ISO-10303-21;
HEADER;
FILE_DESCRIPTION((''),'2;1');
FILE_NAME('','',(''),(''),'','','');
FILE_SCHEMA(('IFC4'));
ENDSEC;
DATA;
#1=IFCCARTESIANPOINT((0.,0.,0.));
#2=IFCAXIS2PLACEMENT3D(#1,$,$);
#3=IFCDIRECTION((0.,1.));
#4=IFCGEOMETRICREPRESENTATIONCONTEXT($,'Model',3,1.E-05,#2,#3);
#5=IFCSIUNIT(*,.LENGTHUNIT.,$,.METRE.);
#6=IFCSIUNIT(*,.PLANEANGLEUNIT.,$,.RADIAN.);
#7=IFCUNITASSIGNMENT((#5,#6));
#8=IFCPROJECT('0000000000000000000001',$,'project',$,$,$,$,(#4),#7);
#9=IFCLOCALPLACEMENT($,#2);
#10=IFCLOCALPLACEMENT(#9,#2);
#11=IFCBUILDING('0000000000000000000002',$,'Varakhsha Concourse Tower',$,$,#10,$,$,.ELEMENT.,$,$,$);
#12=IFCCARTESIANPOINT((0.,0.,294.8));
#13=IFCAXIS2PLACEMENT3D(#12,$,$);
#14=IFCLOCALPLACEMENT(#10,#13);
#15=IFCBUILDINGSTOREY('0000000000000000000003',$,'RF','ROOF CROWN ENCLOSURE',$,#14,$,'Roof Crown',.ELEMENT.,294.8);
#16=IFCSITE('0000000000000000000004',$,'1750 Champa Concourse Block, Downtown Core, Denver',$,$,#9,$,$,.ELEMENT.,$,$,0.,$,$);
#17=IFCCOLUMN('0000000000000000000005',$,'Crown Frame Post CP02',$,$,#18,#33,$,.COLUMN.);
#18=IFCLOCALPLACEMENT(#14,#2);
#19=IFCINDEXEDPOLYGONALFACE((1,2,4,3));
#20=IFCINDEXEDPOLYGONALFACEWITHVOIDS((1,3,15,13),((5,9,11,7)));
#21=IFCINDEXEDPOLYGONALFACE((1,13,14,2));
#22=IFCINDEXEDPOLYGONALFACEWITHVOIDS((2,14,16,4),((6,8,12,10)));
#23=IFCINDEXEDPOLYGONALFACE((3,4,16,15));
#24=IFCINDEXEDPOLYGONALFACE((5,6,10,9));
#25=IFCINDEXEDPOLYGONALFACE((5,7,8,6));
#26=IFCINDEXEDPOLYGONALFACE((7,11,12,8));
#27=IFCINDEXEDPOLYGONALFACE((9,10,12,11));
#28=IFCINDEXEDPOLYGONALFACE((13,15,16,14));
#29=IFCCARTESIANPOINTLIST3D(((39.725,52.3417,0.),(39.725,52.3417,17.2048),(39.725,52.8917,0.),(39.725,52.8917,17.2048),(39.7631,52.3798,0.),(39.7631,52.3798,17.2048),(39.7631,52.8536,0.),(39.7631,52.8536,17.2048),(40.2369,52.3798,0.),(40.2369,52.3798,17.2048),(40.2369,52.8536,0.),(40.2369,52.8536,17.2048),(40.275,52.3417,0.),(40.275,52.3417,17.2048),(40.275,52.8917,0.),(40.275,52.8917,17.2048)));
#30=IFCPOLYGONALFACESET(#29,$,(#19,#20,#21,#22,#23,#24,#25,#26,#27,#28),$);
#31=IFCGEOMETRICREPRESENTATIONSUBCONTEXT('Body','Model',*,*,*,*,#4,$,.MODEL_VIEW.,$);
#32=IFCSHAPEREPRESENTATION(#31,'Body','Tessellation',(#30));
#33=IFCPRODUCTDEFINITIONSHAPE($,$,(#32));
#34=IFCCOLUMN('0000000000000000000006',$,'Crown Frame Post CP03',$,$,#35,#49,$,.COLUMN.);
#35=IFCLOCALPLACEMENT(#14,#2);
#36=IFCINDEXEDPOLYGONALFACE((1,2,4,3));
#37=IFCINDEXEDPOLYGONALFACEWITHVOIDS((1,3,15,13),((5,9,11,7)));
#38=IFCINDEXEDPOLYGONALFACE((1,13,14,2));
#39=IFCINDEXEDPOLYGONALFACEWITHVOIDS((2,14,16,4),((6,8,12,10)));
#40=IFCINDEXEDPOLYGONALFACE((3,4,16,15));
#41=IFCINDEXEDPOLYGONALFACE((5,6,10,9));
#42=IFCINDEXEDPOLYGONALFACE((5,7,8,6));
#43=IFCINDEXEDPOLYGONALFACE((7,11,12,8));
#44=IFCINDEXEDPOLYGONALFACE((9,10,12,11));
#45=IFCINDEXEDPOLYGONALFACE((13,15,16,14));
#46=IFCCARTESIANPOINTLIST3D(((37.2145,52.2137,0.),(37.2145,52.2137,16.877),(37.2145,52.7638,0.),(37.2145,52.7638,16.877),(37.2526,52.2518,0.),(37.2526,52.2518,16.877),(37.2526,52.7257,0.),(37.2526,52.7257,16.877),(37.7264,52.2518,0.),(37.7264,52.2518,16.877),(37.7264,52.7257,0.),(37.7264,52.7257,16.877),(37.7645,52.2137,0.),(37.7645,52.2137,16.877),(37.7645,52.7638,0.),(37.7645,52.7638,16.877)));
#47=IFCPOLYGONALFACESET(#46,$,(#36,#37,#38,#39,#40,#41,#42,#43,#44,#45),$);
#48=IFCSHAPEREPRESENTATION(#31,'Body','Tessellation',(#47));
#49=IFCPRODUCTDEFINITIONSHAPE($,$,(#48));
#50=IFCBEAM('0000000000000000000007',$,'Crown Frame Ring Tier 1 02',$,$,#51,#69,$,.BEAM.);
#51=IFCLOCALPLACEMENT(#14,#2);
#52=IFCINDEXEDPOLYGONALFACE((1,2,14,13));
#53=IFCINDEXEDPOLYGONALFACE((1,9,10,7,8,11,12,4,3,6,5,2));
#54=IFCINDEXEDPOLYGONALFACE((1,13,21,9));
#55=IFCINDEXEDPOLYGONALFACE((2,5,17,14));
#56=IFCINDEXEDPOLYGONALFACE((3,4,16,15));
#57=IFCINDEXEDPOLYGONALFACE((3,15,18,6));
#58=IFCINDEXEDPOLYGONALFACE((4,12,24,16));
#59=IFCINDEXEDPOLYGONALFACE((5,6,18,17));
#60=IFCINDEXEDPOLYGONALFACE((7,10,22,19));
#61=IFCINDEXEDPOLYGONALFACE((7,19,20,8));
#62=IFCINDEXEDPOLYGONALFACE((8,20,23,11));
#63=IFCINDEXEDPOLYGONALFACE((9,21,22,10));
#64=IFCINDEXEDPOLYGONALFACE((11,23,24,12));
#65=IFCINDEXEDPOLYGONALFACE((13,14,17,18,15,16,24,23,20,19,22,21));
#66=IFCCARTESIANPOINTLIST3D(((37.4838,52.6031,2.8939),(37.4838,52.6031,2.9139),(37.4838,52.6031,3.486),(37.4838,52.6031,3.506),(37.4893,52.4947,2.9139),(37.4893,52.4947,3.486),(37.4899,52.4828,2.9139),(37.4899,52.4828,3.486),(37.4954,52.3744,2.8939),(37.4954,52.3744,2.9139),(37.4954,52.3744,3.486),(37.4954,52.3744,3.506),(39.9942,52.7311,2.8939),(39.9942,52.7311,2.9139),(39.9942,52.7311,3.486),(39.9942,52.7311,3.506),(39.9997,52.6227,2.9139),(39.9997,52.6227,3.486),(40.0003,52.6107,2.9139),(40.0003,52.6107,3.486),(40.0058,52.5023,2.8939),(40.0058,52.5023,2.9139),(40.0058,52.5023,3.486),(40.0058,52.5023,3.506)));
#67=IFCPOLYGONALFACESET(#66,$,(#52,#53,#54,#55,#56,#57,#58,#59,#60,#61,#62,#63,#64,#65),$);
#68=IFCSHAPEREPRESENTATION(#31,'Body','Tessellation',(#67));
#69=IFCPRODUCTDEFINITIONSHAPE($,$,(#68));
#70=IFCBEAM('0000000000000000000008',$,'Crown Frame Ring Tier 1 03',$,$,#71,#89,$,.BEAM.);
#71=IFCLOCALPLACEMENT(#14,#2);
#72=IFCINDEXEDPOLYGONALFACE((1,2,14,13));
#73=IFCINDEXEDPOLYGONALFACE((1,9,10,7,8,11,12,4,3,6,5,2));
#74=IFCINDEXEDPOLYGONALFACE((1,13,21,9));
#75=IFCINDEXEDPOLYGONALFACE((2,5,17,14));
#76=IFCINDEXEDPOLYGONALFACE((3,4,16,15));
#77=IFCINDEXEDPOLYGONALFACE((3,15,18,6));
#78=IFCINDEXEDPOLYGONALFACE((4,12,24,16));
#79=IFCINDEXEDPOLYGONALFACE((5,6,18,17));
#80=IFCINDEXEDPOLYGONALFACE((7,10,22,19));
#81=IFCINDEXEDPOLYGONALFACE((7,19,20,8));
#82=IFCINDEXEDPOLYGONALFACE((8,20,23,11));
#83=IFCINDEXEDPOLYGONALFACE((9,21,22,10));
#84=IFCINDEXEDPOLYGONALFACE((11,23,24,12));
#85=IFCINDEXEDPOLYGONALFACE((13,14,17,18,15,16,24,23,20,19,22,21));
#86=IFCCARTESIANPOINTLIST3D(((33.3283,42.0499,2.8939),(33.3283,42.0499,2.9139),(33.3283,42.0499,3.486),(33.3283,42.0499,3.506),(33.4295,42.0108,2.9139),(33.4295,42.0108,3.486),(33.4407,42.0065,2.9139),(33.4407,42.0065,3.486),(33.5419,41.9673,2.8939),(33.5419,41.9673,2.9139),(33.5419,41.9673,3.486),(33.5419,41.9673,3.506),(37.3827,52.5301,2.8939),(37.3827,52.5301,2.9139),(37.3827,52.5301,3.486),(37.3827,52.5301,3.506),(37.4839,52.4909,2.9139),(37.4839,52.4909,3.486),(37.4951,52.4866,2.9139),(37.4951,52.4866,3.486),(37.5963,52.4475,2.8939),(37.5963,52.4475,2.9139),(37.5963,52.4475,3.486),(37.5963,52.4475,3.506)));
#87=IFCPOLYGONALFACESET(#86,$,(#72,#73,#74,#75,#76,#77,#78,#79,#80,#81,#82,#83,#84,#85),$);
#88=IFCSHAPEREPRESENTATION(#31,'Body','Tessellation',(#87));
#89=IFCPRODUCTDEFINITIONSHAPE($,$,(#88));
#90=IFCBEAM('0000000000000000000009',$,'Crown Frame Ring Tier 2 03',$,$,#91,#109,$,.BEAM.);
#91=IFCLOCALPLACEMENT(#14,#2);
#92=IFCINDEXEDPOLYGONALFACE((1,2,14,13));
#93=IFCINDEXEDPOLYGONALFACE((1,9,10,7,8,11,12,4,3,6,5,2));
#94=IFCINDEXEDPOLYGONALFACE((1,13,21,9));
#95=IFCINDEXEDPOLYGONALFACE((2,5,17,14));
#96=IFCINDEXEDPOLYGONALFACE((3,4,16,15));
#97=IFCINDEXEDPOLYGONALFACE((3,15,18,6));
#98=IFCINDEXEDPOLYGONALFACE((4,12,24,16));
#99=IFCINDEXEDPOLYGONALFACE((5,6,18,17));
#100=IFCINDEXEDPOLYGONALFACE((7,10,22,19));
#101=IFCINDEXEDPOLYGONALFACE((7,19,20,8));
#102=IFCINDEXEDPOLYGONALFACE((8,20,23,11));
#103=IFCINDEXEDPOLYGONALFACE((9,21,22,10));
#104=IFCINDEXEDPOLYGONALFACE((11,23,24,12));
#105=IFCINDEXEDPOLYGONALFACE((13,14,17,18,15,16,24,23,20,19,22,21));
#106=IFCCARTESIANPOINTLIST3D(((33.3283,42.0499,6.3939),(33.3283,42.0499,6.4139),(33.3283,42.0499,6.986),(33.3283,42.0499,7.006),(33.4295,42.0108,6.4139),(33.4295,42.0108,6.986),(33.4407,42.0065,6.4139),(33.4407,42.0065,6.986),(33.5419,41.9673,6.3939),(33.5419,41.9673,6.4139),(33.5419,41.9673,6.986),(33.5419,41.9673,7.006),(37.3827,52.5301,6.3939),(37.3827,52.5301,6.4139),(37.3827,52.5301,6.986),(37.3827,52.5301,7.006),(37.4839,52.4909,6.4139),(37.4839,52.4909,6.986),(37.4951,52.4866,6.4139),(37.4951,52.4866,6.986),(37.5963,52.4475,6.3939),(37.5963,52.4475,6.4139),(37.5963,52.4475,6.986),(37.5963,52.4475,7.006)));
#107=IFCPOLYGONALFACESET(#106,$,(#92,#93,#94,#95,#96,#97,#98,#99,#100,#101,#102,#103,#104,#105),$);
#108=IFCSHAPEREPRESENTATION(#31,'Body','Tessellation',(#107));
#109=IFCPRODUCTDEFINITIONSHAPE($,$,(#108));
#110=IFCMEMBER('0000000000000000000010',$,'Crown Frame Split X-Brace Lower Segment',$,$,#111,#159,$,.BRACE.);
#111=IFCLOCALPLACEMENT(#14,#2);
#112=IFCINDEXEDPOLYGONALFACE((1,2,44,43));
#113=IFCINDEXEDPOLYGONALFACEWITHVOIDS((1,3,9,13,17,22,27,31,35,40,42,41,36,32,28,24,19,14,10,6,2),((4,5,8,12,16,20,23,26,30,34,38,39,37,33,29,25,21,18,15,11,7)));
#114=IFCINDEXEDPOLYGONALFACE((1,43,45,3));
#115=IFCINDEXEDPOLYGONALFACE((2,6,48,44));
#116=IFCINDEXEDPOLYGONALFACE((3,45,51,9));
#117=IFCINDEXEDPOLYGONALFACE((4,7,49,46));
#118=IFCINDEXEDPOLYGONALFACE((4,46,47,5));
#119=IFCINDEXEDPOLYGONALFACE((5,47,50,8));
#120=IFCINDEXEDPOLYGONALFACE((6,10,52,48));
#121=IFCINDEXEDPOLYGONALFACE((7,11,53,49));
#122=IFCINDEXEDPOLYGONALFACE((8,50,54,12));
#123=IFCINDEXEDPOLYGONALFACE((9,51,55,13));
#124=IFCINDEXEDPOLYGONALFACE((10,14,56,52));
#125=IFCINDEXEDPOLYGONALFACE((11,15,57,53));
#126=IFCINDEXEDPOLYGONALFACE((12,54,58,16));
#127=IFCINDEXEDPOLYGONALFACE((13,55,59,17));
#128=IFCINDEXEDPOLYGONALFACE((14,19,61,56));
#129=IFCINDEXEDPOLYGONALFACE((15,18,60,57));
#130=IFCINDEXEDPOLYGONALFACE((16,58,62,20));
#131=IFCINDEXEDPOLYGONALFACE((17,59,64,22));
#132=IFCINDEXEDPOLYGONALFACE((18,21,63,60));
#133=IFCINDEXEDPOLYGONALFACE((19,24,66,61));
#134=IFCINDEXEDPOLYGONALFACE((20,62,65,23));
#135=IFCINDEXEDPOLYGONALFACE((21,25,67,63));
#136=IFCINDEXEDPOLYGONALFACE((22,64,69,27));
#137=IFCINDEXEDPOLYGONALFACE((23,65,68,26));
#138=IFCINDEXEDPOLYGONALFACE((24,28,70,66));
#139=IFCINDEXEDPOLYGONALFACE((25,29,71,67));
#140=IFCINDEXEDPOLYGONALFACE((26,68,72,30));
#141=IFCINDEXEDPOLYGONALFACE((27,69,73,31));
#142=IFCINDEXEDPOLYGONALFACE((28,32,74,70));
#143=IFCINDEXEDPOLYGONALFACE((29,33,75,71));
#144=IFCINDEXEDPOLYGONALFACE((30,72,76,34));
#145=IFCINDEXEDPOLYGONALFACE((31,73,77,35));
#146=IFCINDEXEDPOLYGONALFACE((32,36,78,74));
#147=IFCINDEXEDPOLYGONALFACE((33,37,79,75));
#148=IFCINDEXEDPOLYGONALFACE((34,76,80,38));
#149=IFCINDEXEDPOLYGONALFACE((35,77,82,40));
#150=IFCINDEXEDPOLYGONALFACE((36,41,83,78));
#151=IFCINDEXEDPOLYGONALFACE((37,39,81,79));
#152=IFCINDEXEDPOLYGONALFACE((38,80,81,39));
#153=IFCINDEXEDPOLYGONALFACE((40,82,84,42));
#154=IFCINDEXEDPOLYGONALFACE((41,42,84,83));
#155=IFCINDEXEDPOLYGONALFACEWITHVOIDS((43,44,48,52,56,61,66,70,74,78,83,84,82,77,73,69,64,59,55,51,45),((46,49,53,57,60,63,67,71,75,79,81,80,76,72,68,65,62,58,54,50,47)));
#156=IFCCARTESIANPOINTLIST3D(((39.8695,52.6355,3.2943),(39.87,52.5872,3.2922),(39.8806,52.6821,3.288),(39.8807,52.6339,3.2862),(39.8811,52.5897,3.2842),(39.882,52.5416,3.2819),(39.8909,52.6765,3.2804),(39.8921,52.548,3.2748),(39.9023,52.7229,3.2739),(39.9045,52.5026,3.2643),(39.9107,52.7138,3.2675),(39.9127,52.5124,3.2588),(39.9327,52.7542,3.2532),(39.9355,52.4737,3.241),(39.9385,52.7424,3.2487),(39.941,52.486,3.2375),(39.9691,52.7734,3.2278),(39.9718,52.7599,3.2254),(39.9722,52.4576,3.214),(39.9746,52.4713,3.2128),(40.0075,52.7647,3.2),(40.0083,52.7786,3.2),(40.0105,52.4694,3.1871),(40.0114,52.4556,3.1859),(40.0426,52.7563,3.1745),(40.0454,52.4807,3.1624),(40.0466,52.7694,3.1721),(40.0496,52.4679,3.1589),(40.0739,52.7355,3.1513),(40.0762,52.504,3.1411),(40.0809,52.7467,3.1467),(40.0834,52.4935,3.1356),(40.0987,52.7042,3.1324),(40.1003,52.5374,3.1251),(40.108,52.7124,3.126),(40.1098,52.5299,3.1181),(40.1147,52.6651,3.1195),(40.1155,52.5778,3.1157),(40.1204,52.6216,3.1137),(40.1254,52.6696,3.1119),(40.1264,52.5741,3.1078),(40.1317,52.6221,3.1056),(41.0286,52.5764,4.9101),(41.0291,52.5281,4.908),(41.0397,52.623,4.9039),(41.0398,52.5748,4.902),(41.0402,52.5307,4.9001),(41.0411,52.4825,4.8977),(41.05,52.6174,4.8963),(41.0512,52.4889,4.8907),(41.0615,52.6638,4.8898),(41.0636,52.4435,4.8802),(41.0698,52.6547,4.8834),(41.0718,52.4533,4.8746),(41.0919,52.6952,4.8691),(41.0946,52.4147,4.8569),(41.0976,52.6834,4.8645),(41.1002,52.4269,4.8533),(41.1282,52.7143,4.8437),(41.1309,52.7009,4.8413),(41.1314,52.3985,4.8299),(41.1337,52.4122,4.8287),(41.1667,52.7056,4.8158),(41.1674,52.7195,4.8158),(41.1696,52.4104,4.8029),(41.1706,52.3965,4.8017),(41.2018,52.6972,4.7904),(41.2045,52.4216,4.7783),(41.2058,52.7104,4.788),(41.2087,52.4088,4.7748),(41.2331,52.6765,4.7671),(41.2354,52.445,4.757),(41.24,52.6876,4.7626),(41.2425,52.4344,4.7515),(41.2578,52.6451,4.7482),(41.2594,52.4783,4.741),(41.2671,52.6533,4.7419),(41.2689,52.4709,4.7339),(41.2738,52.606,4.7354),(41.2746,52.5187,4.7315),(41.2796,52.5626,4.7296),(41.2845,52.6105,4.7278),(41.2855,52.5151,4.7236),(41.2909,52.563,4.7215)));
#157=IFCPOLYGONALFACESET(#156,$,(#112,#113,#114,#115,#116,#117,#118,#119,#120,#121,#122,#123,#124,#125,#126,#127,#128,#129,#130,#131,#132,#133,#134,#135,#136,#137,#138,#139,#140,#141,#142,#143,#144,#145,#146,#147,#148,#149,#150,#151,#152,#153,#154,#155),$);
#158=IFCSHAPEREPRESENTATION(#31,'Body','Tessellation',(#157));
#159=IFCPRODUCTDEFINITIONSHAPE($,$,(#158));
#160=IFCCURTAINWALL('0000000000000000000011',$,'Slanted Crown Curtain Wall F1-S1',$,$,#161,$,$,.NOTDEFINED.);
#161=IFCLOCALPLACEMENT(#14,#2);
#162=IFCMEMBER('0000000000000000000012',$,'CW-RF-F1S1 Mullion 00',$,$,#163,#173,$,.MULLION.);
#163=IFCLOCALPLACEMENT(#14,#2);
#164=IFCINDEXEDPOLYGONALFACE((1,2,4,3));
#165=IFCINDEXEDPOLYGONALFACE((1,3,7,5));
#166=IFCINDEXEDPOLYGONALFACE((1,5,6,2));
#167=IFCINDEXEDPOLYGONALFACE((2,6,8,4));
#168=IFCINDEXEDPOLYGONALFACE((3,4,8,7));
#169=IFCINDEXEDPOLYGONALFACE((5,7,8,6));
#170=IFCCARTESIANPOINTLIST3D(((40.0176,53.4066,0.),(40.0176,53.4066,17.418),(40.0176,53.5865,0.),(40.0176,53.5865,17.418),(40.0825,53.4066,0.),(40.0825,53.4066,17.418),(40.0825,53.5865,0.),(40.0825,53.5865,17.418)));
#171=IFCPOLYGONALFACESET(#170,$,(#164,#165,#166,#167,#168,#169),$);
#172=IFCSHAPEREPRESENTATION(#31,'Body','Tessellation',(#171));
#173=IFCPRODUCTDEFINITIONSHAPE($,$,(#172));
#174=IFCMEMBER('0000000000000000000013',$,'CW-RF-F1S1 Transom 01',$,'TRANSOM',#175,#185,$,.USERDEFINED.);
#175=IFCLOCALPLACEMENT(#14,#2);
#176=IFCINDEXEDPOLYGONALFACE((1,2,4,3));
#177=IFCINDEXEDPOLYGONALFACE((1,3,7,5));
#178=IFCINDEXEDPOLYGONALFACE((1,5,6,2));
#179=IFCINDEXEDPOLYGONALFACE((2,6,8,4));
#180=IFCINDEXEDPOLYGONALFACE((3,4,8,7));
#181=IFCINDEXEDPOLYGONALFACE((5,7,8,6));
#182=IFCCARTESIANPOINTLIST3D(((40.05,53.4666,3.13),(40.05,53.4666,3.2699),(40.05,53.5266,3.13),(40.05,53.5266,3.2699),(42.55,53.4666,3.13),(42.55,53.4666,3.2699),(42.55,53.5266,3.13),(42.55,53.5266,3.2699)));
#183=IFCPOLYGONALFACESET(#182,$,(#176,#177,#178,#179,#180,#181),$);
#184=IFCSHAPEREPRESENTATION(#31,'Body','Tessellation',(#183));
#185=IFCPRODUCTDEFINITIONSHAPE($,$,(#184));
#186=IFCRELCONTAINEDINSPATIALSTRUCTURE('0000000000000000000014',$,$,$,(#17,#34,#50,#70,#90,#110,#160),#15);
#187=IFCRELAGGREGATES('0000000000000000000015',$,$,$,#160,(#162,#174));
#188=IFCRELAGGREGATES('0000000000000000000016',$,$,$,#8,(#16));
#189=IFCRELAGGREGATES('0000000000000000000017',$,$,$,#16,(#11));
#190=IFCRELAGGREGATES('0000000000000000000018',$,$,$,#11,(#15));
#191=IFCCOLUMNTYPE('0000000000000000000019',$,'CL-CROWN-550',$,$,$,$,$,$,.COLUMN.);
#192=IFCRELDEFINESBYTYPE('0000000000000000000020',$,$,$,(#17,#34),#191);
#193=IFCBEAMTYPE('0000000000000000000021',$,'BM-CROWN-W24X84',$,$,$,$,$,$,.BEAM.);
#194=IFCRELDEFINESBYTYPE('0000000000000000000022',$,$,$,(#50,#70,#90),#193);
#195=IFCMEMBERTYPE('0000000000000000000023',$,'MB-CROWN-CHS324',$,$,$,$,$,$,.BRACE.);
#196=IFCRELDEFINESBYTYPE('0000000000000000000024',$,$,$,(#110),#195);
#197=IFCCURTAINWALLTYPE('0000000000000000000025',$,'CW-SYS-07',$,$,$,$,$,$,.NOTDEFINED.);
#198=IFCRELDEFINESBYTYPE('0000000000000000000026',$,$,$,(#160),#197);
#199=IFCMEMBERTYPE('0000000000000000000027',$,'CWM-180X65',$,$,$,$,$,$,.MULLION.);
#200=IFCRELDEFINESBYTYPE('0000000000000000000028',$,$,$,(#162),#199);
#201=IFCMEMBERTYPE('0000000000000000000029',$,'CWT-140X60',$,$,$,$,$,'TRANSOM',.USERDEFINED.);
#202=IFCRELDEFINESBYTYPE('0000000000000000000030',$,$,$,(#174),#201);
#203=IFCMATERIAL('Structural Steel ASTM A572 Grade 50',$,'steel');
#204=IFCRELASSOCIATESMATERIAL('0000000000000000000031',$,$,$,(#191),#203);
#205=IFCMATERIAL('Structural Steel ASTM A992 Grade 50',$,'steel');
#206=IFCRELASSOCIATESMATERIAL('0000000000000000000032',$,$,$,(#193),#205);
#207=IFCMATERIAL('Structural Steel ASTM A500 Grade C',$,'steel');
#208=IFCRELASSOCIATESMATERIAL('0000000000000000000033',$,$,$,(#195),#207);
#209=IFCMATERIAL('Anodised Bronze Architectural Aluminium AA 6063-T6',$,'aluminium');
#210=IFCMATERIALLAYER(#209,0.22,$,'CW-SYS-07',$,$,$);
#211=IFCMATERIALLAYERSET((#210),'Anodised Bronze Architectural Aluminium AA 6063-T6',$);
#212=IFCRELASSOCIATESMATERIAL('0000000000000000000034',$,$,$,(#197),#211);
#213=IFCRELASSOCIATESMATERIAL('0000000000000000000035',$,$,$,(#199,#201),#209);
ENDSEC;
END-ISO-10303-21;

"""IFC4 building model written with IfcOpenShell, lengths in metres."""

from ifc_helpers import new_model, si_unit, direction, frame, origin, origin_2d, place, context, subcontext, project, spatial, rectangle, hollow_rectangle, hollow_circle, i_section, extrude, source, transform, mapped, material, layer, layer_set, material_profile, profile_set, type_object, type_shapes, element, aggregate, save


model = new_model("IFC4")

# Units and contexts
model_context = context("Model", 3, precision=1e-05, world=origin(), true_north=direction((0.0, 1.0)))
body_context = subcontext(model_context, "Body", "Model", "MODEL_VIEW")
ifc_project = project(units=[si_unit("LENGTHUNIT", "METRE"), si_unit("PLANEANGLEUNIT", "RADIAN")], contexts=[model_context])

# Site, building, storey
site_placement = place(None, origin())
site = spatial("IfcSite", under=ifc_project, at=site_placement, Name="1750 Champa Concourse Block, Downtown Core, Denver", CompositionType="ELEMENT", RefElevation=0.0)
building_placement = place(site_placement, origin())
building = spatial("IfcBuilding", under=site, at=building_placement, Name="Varakhsha Concourse Tower", CompositionType="ELEMENT")
storey_placement = place(building_placement, frame((0.0, 0.0, 294.8)))
storey = spatial("IfcBuildingStorey", under=building, at=storey_placement, Name="RF", Description="ROOF CROWN ENCLOSURE", LongName="Roof Crown", CompositionType="ELEMENT", Elevation=294.8)

# Columns
ifc_material_1 = material(Name="Structural Steel ASTM A572 Grade 50", Category="steel")
ifc_material_profile_1 = material_profile(ifc_material_1, hollow_rectangle(XDim=0.55, YDim=0.55, WallThickness=0.0381, at=origin_2d()), Name="BOX 550x550x38")
ifc_profile_set_1 = profile_set([ifc_material_profile_1], Name="Structural Steel ASTM A572 Grade 50")
column_type = type_object("IfcColumnType", Name="CL-CROWN-550", PredefinedType="COLUMN", material=ifc_profile_set_1)
column_1_placement = place(storey_placement, frame((40.0, 52.6167, 0.0), z_axis=(0.0, 0.0, 1.0), x_axis=(1.0, 0.0, 0.0)))
element("IfcColumn", 1, at=column_1_placement, inside=storey, type_object=column_type, Name="Crown Frame Post CP02", PredefinedType="COLUMN", context=body_context, shape_type="SweptSolid", body=[
    extrude(hollow_rectangle(XDim=0.55, YDim=0.55, WallThickness=0.0381, at=origin_2d()), origin(), (0.0, 0.0, 1.0), 17.2048),
])
column_2_placement = place(storey_placement, frame((37.4895, 52.4888, 0.0), z_axis=(0.0, 0.0, 1.0), x_axis=(1.0, 0.0, 0.0)))
element("IfcColumn", 2, at=column_2_placement, inside=storey, type_object=column_type, Name="Crown Frame Post CP03", PredefinedType="COLUMN", context=body_context, shape_type="SweptSolid", body=[
    extrude(hollow_rectangle(XDim=0.55, YDim=0.55, WallThickness=0.0381, at=origin_2d()), origin(), (0.0, 0.0, 1.0), 16.877),
])

# Beams
ifc_material_2 = material(Name="Structural Steel ASTM A992 Grade 50", Category="steel")
ifc_material_profile_2 = material_profile(ifc_material_2, i_section(OverallWidth=0.229, OverallDepth=0.6121, WebThickness=0.012, FlangeThickness=0.02, at=origin_2d()), Name="W24X84")
ifc_profile_set_2 = profile_set([ifc_material_profile_2], Name="Structural Steel ASTM A992 Grade 50")
beam_type = type_object("IfcBeamType", Name="BM-CROWN-W24X84", PredefinedType="BEAM", material=ifc_profile_set_2)
beam_placement = place(storey_placement, frame((40.0, 52.6167, 3.2), z_axis=(-0.998704, -0.050892, 0.0), x_axis=(0.050892, -0.998704, 0.0)))
element("IfcBeam", 3, at=beam_placement, inside=storey, type_object=beam_type, Name="Crown Frame Ring Tier 1 02", PredefinedType="BEAM", context=body_context, shape_type="SweptSolid", body=[
    extrude(i_section(OverallWidth=0.229, OverallDepth=0.6121, WebThickness=0.012, FlangeThickness=0.02, at=origin_2d()), origin(), (0.0, 0.0, 1.0), 2.5137),
])
for number, where, z_axis, x_axis, name in (
    (4, (37.4895, 52.4888, 3.2), (-0.360807, -0.932641, 0.0), (0.932641, -0.360807, 0.0), "Crown Frame Ring Tier 1 03"),
    (5, (37.4895, 52.4888, 6.7), (-0.360807, -0.932641, 0.0), (0.932641, -0.360807, 0.0), "Crown Frame Ring Tier 2 03"),
):
    element("IfcBeam", number, at=place(storey_placement, frame(where, z_axis=z_axis, x_axis=x_axis)), inside=storey, type_object=beam_type, Name=name, PredefinedType="BEAM", context=body_context, shape_type="SweptSolid", body=[
        extrude(i_section(OverallWidth=0.229, OverallDepth=0.6121, WebThickness=0.012, FlangeThickness=0.02, at=origin_2d()), origin(), (0.0, 0.0, 1.0), 11.2371),
    ])

# Member
ifc_material_3 = material(Name="Structural Steel ASTM A500 Grade C", Category="steel")
ifc_material_profile_3 = material_profile(ifc_material_3, hollow_circle(Radius=0.1621, WallThickness=0.0139, at=origin_2d()), Name="CHS 324x14")
ifc_profile_set_3 = profile_set([ifc_material_profile_3], Name="Structural Steel ASTM A500 Grade C")
member_type_1 = type_object("IfcMemberType", Name="MB-CROWN-CHS324", PredefinedType="BRACE", material=ifc_profile_set_3)
shared_shape_1 = source(origin(), body_context, "Body", "SweptSolid", [
    extrude(hollow_circle(Radius=0.1621, WallThickness=0.0139, at=origin_2d()), origin(), (0.0, 0.0, 1.0), 1.9895),
])
type_shapes(member_type_1, [shared_shape_1])
member_1_placement = place(storey_placement, frame((40.0, 52.6167, 3.2), z_axis=(0.582617, -0.029695, 0.812204), x_axis=(0.050903, 0.998704, 0.0)))
element("IfcMember", 6, at=member_1_placement, inside=storey, type_object=member_type_1, Name="Crown Frame Split X-Brace Lower Segment", PredefinedType="BRACE", context=body_context, shape_type="MappedRepresentation", body=[
    mapped(shared_shape_1, transform((0.0, 0.0, 0.0), scale=1.0)),
])

# Curtain wall, members
ifc_material_4 = material(Name="Anodised Bronze Architectural Aluminium AA 6063-T6", Category="aluminium")
ifc_layer_1 = layer(ifc_material_4, 0.22, Name="CW-SYS-07")
ifc_layer_set_1 = layer_set([ifc_layer_1], Name="Anodised Bronze Architectural Aluminium AA 6063-T6")
curtain_wall_type = type_object("IfcCurtainWallType", Name="CW-SYS-07", PredefinedType="NOTDEFINED", material=ifc_layer_set_1)
curtain_wall_1_placement = place(storey_placement, origin())
curtain_wall_1 = element("IfcCurtainWall", 7, at=curtain_wall_1_placement, inside=storey, type_object=curtain_wall_type, Name="Slanted Crown Curtain Wall F1-S1", PredefinedType="NOTDEFINED")
ifc_material_profile_4 = material_profile(ifc_material_4, rectangle(XDim=0.0649, YDim=0.1799, at=origin_2d()), Name="CWM-180X65")
ifc_profile_set_4 = profile_set([ifc_material_profile_4], Name="Anodised Bronze Architectural Aluminium AA 6063-T6")
member_type_2 = type_object("IfcMemberType", Name="CWM-180X65", PredefinedType="MULLION", material=ifc_profile_set_4)
shared_shape_2 = source(origin(), body_context, "Body", "SweptSolid", [
    extrude(rectangle(XDim=0.0649, YDim=0.1799, at=origin_2d()), origin(), (0.0, 0.0, 1.0), 17.418),
])
member_2_placement = place(storey_placement, frame((40.05, 53.4966, 0.0), z_axis=(0.0, 0.0, 1.0), x_axis=(1.0, 0.0, 0.0)))
member_2 = element("IfcMember", 8, at=member_2_placement, type_object=member_type_2, Name="CW-RF-F1S1 Mullion 00", PredefinedType="MULLION", context=body_context, shape_type="MappedRepresentation", body=[
    mapped(shared_shape_2, transform((0.0, 0.0, 0.0), scale=1.0)),
])
ifc_material_profile_5 = material_profile(ifc_material_4, rectangle(XDim=0.0601, YDim=0.1399, at=origin_2d()), Name="CWT-140X60")
ifc_profile_set_5 = profile_set([ifc_material_profile_5], Name="Anodised Bronze Architectural Aluminium AA 6063-T6")
member_type_3 = type_object("IfcMemberType", Name="CWT-140X60", ElementType="TRANSOM", PredefinedType="USERDEFINED", material=ifc_profile_set_5)
shared_shape_3 = source(origin(), body_context, "Body", "SweptSolid", [
    extrude(rectangle(XDim=0.0601, YDim=0.1399, at=origin_2d()), origin(), (0.0, 0.0, 1.0), 2.5),
])
member_3_placement = place(storey_placement, frame((40.05, 53.4966, 3.2), z_axis=(1.0, 0.0, 0.0), x_axis=(0.0, 1.0, 0.0)))
member_3 = element("IfcMember", 9, at=member_3_placement, type_object=member_type_3, Name="CW-RF-F1S1 Transom 01", ObjectType="TRANSOM", PredefinedType="USERDEFINED", context=body_context, shape_type="MappedRepresentation", body=[
    mapped(shared_shape_3, transform((0.0, 0.0, 0.0), scale=1.0)),
])

aggregate(curtain_wall_1, [member_2, member_3])

save(model, "model.ifc")
